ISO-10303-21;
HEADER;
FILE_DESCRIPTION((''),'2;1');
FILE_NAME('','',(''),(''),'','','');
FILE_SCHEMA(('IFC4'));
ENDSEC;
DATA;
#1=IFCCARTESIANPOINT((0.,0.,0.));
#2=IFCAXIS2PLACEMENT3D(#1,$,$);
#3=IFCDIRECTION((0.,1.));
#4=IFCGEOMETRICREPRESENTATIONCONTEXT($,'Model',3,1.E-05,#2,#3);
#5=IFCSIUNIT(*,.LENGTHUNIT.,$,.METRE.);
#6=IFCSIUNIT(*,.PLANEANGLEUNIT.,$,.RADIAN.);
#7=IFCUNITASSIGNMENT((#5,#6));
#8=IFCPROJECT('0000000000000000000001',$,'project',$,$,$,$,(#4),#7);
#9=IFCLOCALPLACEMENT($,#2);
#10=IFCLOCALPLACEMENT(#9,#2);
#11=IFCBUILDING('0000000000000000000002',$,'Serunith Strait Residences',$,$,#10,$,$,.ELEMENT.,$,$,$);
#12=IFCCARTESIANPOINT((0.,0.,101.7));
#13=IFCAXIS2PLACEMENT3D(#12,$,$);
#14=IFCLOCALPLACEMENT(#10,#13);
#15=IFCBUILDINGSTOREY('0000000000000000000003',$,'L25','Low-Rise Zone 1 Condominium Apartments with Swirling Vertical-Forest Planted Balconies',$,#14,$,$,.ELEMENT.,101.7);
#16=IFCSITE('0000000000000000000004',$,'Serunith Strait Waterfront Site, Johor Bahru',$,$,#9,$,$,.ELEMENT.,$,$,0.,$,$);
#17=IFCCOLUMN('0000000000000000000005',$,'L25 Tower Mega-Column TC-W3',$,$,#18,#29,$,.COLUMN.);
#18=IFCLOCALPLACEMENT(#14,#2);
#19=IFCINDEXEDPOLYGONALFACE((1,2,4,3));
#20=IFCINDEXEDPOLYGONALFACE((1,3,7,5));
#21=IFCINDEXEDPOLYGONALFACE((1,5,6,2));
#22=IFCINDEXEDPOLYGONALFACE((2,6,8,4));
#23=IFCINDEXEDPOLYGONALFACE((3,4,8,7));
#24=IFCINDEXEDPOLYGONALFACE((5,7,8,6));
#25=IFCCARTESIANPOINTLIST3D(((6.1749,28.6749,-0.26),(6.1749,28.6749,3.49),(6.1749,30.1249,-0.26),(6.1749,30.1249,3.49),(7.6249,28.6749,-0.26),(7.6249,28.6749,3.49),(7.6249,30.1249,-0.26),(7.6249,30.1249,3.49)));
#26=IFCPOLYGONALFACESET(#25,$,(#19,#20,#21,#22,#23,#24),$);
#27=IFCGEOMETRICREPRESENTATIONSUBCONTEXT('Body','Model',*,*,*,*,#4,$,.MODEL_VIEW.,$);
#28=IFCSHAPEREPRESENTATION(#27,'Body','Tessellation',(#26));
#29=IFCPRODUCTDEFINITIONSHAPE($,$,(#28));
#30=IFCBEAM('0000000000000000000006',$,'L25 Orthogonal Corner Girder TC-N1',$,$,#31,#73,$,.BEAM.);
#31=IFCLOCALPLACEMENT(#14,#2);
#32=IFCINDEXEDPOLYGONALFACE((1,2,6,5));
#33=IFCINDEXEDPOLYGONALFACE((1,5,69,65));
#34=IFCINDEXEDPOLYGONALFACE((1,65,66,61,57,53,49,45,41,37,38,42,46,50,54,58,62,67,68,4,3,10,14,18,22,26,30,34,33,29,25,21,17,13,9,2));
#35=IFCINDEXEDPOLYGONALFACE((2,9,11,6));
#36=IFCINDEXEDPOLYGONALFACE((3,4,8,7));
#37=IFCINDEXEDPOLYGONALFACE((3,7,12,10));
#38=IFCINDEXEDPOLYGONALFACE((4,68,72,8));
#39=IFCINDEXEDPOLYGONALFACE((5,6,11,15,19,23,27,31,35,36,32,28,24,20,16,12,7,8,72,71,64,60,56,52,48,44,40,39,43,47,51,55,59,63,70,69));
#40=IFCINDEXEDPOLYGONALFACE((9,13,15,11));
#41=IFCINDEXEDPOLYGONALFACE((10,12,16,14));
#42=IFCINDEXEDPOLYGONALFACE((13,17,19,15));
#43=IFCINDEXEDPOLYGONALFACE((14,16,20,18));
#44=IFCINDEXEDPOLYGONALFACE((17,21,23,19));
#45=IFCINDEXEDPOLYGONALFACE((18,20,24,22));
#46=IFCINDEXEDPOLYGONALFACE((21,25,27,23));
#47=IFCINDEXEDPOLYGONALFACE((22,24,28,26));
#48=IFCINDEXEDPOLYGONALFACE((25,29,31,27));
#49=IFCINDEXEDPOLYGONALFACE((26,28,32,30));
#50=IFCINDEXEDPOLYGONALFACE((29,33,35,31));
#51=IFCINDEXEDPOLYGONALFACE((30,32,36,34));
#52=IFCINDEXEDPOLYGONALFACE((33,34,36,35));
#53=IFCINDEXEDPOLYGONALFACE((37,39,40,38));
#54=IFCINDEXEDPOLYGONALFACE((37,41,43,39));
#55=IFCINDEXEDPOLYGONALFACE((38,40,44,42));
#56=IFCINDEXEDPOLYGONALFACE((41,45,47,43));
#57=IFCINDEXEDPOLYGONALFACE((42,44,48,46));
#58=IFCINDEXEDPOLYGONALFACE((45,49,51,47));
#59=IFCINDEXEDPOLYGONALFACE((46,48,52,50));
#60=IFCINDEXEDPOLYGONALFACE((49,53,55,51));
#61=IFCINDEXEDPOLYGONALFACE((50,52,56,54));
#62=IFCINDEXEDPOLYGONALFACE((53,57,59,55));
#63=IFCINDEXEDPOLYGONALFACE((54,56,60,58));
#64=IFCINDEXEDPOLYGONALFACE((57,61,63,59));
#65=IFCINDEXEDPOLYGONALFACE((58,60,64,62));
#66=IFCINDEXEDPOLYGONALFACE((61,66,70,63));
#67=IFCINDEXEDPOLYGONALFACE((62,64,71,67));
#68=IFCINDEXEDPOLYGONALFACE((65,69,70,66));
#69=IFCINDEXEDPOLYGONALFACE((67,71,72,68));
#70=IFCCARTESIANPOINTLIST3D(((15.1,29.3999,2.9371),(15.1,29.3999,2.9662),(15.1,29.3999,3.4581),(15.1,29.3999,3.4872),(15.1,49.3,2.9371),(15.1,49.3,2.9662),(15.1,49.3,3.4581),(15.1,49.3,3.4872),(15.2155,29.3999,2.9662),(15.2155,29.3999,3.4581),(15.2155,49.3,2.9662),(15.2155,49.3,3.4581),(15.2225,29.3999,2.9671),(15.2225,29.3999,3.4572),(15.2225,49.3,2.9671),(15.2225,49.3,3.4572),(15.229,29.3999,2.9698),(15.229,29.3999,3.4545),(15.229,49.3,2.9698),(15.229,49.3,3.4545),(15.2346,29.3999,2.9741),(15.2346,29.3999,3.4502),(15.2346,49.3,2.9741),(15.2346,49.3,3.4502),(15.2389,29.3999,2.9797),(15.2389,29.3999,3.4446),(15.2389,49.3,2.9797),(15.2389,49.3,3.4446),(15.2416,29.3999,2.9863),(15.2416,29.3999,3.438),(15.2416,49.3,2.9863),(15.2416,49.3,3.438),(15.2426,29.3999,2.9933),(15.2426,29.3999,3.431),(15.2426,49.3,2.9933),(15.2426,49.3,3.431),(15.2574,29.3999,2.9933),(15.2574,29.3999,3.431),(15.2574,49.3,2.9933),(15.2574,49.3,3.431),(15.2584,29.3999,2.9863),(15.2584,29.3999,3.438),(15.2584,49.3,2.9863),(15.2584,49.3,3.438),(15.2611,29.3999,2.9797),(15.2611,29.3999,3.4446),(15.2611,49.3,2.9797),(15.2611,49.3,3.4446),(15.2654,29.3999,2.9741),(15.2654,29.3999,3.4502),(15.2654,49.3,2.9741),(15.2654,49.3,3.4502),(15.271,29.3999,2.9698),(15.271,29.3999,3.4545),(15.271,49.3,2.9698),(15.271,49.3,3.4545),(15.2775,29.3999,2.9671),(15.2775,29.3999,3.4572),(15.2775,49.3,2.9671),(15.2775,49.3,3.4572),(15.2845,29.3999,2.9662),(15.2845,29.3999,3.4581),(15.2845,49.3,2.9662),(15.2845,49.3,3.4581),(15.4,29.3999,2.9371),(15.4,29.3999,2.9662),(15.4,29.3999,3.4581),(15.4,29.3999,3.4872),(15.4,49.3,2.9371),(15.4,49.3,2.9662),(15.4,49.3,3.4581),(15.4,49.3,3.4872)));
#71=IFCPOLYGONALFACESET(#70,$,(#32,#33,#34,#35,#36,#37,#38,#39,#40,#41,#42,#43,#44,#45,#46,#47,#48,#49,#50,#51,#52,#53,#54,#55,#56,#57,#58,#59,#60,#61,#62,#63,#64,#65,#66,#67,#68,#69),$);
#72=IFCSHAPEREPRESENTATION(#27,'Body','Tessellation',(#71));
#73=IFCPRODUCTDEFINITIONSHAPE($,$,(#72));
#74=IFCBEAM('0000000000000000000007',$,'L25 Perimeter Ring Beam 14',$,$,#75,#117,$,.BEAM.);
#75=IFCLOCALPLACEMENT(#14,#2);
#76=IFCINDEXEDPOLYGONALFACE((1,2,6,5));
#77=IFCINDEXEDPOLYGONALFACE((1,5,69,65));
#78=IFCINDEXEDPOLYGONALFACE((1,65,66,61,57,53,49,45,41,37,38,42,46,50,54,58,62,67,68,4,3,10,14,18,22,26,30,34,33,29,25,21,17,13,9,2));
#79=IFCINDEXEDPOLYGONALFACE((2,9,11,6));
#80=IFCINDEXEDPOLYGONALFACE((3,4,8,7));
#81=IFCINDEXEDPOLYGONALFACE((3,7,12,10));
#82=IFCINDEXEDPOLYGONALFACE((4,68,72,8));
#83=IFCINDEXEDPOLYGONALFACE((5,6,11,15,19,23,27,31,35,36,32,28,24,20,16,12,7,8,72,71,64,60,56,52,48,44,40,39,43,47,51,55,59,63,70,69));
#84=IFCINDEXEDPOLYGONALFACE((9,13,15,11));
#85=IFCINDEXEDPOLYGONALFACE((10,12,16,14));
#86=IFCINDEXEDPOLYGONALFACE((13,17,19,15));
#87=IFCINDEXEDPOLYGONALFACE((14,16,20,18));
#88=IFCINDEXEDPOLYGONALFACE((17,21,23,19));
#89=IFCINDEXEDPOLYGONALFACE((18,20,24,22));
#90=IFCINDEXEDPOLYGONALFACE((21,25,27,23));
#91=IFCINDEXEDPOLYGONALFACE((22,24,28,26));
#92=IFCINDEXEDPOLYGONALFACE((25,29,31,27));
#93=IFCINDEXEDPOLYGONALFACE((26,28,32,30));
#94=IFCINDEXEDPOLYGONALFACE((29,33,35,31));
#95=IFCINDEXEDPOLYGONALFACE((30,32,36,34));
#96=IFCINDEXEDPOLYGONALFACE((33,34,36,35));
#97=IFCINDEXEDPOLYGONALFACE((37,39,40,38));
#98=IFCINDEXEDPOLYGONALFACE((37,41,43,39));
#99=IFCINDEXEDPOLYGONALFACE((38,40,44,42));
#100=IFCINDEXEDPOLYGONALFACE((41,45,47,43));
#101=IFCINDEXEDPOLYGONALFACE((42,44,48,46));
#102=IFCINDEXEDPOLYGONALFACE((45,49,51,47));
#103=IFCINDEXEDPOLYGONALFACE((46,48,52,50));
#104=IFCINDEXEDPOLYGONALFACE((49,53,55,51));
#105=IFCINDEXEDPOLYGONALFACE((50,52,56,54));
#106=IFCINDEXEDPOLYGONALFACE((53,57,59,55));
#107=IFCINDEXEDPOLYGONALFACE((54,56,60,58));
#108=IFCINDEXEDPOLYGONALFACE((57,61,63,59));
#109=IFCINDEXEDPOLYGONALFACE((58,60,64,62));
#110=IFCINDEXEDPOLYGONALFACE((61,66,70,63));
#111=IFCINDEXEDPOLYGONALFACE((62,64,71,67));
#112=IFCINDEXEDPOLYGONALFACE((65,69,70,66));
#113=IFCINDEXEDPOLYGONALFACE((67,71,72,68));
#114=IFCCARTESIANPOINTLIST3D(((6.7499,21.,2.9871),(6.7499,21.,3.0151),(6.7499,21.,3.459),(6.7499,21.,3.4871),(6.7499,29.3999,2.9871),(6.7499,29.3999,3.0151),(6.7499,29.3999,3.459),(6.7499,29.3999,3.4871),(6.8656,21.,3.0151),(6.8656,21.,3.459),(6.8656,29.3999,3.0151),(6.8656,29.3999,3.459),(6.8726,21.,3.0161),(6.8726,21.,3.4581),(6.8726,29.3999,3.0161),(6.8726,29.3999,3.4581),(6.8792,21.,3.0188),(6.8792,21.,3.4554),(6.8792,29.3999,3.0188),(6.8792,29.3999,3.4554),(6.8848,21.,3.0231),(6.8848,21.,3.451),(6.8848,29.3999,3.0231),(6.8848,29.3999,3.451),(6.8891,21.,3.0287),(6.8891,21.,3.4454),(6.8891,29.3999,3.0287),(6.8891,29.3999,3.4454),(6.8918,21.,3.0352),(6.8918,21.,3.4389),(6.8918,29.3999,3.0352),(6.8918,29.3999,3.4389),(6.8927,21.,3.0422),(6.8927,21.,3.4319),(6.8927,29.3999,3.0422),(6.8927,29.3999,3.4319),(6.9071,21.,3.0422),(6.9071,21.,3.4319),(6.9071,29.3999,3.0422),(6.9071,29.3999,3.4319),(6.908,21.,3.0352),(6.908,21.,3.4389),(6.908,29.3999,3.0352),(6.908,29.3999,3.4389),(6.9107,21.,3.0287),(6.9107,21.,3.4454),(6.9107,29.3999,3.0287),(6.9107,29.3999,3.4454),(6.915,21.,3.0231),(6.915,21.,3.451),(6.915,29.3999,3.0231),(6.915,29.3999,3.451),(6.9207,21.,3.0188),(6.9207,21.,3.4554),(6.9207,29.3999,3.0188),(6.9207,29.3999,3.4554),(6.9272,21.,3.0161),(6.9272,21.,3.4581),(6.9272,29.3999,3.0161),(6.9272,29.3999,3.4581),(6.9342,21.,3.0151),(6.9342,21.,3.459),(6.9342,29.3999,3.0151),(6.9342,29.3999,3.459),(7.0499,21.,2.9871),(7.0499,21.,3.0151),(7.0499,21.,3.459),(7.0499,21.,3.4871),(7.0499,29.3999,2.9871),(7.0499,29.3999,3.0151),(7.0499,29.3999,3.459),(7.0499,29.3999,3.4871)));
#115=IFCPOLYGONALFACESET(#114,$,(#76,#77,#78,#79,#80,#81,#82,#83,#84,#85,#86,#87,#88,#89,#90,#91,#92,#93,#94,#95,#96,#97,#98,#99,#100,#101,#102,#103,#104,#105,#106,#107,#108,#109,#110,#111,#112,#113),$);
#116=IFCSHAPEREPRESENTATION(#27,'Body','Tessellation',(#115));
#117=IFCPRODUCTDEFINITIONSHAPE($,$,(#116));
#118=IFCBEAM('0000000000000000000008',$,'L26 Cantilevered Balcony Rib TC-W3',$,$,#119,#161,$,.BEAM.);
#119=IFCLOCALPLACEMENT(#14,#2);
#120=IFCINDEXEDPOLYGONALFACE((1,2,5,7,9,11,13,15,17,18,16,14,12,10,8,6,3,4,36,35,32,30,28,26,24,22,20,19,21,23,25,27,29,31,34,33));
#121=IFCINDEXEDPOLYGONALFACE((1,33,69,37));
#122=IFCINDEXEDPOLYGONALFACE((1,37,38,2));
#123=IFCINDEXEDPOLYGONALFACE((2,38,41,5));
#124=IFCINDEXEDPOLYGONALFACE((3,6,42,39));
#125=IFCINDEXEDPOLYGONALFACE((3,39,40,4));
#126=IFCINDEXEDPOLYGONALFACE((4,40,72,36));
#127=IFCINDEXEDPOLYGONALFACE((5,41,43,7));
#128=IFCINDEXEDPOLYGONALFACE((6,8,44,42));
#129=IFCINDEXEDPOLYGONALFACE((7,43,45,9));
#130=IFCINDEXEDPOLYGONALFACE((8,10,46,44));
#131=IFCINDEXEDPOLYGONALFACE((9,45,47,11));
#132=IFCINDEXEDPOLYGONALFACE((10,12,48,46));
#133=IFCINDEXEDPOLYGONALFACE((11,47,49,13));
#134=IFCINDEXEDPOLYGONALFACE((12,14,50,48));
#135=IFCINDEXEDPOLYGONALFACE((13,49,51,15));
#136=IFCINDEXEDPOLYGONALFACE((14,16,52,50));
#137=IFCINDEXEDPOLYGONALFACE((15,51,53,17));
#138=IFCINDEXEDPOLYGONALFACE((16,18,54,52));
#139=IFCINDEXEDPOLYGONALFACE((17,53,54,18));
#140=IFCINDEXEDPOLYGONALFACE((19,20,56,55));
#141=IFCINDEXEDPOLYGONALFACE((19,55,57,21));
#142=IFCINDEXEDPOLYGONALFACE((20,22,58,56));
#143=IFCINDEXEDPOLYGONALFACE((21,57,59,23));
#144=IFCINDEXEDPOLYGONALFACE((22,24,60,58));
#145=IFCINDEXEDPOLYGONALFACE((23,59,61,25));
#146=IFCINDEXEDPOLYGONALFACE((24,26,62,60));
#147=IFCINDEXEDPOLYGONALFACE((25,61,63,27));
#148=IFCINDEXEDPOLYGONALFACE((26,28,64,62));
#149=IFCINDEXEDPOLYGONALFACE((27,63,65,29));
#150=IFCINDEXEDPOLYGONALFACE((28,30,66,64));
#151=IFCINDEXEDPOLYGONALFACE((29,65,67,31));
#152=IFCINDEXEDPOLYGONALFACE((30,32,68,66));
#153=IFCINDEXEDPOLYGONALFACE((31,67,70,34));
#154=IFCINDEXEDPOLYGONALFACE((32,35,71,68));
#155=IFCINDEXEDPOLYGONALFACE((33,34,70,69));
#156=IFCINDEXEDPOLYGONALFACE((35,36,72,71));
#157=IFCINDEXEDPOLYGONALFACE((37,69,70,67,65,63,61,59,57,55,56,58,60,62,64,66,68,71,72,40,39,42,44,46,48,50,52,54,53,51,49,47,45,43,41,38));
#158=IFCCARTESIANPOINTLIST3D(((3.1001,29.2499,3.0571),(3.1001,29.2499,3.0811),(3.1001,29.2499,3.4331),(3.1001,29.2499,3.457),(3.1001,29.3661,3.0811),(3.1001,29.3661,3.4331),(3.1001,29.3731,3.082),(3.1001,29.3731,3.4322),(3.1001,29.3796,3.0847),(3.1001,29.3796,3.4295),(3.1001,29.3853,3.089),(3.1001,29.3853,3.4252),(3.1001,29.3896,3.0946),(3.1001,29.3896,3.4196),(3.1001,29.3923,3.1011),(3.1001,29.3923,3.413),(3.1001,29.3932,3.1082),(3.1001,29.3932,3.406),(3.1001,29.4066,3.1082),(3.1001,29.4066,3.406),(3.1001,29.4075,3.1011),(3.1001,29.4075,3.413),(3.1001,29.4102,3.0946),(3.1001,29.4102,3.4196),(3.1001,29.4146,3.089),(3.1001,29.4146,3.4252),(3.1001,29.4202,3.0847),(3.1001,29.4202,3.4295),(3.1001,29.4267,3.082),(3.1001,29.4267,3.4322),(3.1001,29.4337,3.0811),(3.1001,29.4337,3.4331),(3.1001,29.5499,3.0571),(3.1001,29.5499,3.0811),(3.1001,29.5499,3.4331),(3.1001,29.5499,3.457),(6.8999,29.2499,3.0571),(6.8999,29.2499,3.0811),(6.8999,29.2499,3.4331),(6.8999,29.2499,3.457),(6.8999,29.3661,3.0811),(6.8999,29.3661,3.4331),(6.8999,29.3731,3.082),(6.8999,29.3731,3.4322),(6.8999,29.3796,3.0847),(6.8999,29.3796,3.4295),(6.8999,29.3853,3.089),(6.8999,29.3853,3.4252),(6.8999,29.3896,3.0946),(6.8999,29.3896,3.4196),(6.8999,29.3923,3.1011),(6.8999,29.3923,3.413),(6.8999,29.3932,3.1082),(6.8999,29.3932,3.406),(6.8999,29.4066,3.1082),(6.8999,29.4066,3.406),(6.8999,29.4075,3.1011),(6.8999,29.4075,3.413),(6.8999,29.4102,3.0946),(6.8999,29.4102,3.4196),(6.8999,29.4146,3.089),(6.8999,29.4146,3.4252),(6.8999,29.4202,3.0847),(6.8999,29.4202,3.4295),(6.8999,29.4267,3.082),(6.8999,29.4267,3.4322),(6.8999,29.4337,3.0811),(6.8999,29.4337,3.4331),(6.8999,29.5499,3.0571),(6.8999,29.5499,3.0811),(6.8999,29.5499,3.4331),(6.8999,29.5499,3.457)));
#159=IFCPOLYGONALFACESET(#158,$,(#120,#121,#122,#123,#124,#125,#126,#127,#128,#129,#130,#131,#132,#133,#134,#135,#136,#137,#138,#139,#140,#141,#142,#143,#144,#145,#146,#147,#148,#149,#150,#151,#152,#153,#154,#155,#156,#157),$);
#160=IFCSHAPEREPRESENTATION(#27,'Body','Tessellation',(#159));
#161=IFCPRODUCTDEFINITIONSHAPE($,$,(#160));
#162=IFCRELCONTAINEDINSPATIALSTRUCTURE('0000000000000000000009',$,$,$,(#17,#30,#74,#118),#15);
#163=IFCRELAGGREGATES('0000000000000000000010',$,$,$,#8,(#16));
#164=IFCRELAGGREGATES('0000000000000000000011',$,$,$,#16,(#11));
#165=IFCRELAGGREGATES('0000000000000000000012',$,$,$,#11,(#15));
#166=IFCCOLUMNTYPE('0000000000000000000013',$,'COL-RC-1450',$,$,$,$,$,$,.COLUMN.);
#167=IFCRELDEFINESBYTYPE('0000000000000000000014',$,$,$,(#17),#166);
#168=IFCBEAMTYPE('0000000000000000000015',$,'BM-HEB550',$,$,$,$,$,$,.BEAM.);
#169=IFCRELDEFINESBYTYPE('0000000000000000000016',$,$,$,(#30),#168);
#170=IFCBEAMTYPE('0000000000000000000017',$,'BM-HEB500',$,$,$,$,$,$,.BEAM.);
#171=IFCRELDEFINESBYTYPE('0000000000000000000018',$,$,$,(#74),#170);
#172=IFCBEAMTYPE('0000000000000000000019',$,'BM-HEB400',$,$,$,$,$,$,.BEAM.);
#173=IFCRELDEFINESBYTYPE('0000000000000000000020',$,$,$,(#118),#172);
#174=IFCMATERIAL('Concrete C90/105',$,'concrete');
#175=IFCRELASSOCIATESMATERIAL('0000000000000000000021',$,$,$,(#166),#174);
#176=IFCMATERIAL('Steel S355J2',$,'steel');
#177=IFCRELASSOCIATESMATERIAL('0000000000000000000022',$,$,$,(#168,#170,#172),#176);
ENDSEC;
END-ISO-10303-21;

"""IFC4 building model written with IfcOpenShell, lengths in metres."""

from ifc_helpers import new_model, si_unit, direction, frame, origin, origin_2d, place, context, subcontext, project, spatial, rectangle, i_section, extrude, source, transform, mapped, material, material_profile, profile_set, type_object, element, save


model = new_model("IFC4")

# Units and contexts
model_context = context("Model", 3, precision=1e-05, world=origin(), true_north=direction((0.0, 1.0)))
body_context = subcontext(model_context, "Body", "Model", "MODEL_VIEW")
ifc_project = project(units=[si_unit("LENGTHUNIT", "METRE"), si_unit("PLANEANGLEUNIT", "RADIAN")], contexts=[model_context])

# Site, building, storey
site_placement = place(None, origin())
site = spatial("IfcSite", under=ifc_project, at=site_placement, Name="Serunith Strait Waterfront Site, Johor Bahru", CompositionType="ELEMENT", RefElevation=0.0)
building_placement = place(site_placement, origin())
building = spatial("IfcBuilding", under=site, at=building_placement, Name="Serunith Strait Residences", CompositionType="ELEMENT")
storey_placement = place(building_placement, frame((0.0, 0.0, 101.7)))
storey = spatial("IfcBuildingStorey", under=building, at=storey_placement, Name="L25", Description="Low-Rise Zone 1 Condominium Apartments with Swirling Vertical-Forest Planted Balconies", CompositionType="ELEMENT", Elevation=101.7)

# Column
ifc_material_1 = material(Name="Concrete C90/105", Category="concrete")
ifc_material_profile_1 = material_profile(ifc_material_1, rectangle(XDim=1.45, YDim=1.45, at=origin_2d()), Name="RC 1450x1450")
ifc_profile_set_1 = profile_set([ifc_material_profile_1], Name="Concrete C90/105")
column_type = type_object("IfcColumnType", Name="COL-RC-1450", PredefinedType="COLUMN", material=ifc_profile_set_1)
shared_shape_1 = source(origin(), body_context, "Body", "SweptSolid", [
    extrude(rectangle(XDim=1.45, YDim=1.45, at=origin_2d()), origin(), (0.0, 0.0, 1.0), 3.75),
])
column_placement = place(storey_placement, frame((6.8999, 29.3999, -0.26), z_axis=(0.0, 0.0, 1.0), x_axis=(1.0, 0.0, 0.0)))
element("IfcColumn", 1, at=column_placement, inside=storey, type_object=column_type, Name="L25 Tower Mega-Column TC-W3", PredefinedType="COLUMN", context=body_context, shape_type="MappedRepresentation", body=[
    mapped(shared_shape_1, transform((0.0, 0.0, 0.0), scale=1.0)),
])

# Beams
ifc_material_2 = material(Name="Steel S355J2", Category="steel")
ifc_material_profile_2 = material_profile(ifc_material_2, i_section(OverallWidth=0.3, OverallDepth=0.55, WebThickness=0.0149, FlangeThickness=0.0291, FilletRadius=0.0271, at=origin_2d()), Name="HEB 550")
ifc_profile_set_2 = profile_set([ifc_material_profile_2], Name="Steel S355J2")
beam_type_1 = type_object("IfcBeamType", Name="BM-HEB550", PredefinedType="BEAM", material=ifc_profile_set_2)
shared_shape_2 = source(origin(), body_context, "Body", "SweptSolid", [
    extrude(i_section(OverallWidth=0.3, OverallDepth=0.55, WebThickness=0.0149, FlangeThickness=0.0291, FilletRadius=0.0271, at=origin_2d()), origin(), (0.0, 0.0, 1.0), 19.9001),
])
beam_1_placement = place(storey_placement, frame((15.25, 29.3999, 3.2122), z_axis=(0.0, 1.0, 0.0), x_axis=(-1.0, 0.0, 0.0)))
element("IfcBeam", 2, at=beam_1_placement, inside=storey, type_object=beam_type_1, Name="L25 Orthogonal Corner Girder TC-N1", PredefinedType="BEAM", context=body_context, shape_type="MappedRepresentation", body=[
    mapped(shared_shape_2, transform((0.0, 0.0, 0.0), scale=1.0)),
])
ifc_material_profile_3 = material_profile(ifc_material_2, i_section(OverallWidth=0.3, OverallDepth=0.5, WebThickness=0.0144, FlangeThickness=0.0281, FilletRadius=0.0271, at=origin_2d()), Name="HEB 500")
ifc_profile_set_3 = profile_set([ifc_material_profile_3], Name="Steel S355J2")
beam_type_2 = type_object("IfcBeamType", Name="BM-HEB500", PredefinedType="BEAM", material=ifc_profile_set_3)
shared_shape_3 = source(origin(), body_context, "Body", "SweptSolid", [
    extrude(i_section(OverallWidth=0.3, OverallDepth=0.5, WebThickness=0.0144, FlangeThickness=0.0281, FilletRadius=0.0271, at=origin_2d()), origin(), (0.0, 0.0, 1.0), 8.3999),
])
beam_2_placement = place(storey_placement, frame((6.8999, 29.3999, 3.2371), z_axis=(0.0, -1.0, 0.0), x_axis=(1.0, 0.0, 0.0)))
element("IfcBeam", 3, at=beam_2_placement, inside=storey, type_object=beam_type_2, Name="L25 Perimeter Ring Beam 14", PredefinedType="BEAM", context=body_context, shape_type="MappedRepresentation", body=[
    mapped(shared_shape_3, transform((0.0, 0.0, 0.0), scale=1.0)),
])
ifc_material_profile_4 = material_profile(ifc_material_2, i_section(OverallWidth=0.3, OverallDepth=0.3999, WebThickness=0.0134, FlangeThickness=0.0239, FilletRadius=0.0271, at=origin_2d()), Name="HEB 400")
ifc_profile_set_4 = profile_set([ifc_material_profile_4], Name="Steel S355J2")
beam_type_3 = type_object("IfcBeamType", Name="BM-HEB400", PredefinedType="BEAM", material=ifc_profile_set_4)
shared_shape_4 = source(origin(), body_context, "Body", "SweptSolid", [
    extrude(i_section(OverallWidth=0.3, OverallDepth=0.3999, WebThickness=0.0134, FlangeThickness=0.0239, FilletRadius=0.0271, at=origin_2d()), origin(), (0.0, 0.0, 1.0), 3.7998),
])
beam_3_placement = place(storey_placement, frame((6.8999, 29.3999, 3.2571), z_axis=(-1.0, 0.0, 0.0), x_axis=(0.0, -1.0, 0.0)))
element("IfcBeam", 4, at=beam_3_placement, inside=storey, type_object=beam_type_3, Name="L26 Cantilevered Balcony Rib TC-W3", PredefinedType="BEAM", context=body_context, shape_type="MappedRepresentation", body=[
    mapped(shared_shape_4, transform((0.0, 0.0, 0.0), scale=1.0)),
])

save(model, "model.ifc")
